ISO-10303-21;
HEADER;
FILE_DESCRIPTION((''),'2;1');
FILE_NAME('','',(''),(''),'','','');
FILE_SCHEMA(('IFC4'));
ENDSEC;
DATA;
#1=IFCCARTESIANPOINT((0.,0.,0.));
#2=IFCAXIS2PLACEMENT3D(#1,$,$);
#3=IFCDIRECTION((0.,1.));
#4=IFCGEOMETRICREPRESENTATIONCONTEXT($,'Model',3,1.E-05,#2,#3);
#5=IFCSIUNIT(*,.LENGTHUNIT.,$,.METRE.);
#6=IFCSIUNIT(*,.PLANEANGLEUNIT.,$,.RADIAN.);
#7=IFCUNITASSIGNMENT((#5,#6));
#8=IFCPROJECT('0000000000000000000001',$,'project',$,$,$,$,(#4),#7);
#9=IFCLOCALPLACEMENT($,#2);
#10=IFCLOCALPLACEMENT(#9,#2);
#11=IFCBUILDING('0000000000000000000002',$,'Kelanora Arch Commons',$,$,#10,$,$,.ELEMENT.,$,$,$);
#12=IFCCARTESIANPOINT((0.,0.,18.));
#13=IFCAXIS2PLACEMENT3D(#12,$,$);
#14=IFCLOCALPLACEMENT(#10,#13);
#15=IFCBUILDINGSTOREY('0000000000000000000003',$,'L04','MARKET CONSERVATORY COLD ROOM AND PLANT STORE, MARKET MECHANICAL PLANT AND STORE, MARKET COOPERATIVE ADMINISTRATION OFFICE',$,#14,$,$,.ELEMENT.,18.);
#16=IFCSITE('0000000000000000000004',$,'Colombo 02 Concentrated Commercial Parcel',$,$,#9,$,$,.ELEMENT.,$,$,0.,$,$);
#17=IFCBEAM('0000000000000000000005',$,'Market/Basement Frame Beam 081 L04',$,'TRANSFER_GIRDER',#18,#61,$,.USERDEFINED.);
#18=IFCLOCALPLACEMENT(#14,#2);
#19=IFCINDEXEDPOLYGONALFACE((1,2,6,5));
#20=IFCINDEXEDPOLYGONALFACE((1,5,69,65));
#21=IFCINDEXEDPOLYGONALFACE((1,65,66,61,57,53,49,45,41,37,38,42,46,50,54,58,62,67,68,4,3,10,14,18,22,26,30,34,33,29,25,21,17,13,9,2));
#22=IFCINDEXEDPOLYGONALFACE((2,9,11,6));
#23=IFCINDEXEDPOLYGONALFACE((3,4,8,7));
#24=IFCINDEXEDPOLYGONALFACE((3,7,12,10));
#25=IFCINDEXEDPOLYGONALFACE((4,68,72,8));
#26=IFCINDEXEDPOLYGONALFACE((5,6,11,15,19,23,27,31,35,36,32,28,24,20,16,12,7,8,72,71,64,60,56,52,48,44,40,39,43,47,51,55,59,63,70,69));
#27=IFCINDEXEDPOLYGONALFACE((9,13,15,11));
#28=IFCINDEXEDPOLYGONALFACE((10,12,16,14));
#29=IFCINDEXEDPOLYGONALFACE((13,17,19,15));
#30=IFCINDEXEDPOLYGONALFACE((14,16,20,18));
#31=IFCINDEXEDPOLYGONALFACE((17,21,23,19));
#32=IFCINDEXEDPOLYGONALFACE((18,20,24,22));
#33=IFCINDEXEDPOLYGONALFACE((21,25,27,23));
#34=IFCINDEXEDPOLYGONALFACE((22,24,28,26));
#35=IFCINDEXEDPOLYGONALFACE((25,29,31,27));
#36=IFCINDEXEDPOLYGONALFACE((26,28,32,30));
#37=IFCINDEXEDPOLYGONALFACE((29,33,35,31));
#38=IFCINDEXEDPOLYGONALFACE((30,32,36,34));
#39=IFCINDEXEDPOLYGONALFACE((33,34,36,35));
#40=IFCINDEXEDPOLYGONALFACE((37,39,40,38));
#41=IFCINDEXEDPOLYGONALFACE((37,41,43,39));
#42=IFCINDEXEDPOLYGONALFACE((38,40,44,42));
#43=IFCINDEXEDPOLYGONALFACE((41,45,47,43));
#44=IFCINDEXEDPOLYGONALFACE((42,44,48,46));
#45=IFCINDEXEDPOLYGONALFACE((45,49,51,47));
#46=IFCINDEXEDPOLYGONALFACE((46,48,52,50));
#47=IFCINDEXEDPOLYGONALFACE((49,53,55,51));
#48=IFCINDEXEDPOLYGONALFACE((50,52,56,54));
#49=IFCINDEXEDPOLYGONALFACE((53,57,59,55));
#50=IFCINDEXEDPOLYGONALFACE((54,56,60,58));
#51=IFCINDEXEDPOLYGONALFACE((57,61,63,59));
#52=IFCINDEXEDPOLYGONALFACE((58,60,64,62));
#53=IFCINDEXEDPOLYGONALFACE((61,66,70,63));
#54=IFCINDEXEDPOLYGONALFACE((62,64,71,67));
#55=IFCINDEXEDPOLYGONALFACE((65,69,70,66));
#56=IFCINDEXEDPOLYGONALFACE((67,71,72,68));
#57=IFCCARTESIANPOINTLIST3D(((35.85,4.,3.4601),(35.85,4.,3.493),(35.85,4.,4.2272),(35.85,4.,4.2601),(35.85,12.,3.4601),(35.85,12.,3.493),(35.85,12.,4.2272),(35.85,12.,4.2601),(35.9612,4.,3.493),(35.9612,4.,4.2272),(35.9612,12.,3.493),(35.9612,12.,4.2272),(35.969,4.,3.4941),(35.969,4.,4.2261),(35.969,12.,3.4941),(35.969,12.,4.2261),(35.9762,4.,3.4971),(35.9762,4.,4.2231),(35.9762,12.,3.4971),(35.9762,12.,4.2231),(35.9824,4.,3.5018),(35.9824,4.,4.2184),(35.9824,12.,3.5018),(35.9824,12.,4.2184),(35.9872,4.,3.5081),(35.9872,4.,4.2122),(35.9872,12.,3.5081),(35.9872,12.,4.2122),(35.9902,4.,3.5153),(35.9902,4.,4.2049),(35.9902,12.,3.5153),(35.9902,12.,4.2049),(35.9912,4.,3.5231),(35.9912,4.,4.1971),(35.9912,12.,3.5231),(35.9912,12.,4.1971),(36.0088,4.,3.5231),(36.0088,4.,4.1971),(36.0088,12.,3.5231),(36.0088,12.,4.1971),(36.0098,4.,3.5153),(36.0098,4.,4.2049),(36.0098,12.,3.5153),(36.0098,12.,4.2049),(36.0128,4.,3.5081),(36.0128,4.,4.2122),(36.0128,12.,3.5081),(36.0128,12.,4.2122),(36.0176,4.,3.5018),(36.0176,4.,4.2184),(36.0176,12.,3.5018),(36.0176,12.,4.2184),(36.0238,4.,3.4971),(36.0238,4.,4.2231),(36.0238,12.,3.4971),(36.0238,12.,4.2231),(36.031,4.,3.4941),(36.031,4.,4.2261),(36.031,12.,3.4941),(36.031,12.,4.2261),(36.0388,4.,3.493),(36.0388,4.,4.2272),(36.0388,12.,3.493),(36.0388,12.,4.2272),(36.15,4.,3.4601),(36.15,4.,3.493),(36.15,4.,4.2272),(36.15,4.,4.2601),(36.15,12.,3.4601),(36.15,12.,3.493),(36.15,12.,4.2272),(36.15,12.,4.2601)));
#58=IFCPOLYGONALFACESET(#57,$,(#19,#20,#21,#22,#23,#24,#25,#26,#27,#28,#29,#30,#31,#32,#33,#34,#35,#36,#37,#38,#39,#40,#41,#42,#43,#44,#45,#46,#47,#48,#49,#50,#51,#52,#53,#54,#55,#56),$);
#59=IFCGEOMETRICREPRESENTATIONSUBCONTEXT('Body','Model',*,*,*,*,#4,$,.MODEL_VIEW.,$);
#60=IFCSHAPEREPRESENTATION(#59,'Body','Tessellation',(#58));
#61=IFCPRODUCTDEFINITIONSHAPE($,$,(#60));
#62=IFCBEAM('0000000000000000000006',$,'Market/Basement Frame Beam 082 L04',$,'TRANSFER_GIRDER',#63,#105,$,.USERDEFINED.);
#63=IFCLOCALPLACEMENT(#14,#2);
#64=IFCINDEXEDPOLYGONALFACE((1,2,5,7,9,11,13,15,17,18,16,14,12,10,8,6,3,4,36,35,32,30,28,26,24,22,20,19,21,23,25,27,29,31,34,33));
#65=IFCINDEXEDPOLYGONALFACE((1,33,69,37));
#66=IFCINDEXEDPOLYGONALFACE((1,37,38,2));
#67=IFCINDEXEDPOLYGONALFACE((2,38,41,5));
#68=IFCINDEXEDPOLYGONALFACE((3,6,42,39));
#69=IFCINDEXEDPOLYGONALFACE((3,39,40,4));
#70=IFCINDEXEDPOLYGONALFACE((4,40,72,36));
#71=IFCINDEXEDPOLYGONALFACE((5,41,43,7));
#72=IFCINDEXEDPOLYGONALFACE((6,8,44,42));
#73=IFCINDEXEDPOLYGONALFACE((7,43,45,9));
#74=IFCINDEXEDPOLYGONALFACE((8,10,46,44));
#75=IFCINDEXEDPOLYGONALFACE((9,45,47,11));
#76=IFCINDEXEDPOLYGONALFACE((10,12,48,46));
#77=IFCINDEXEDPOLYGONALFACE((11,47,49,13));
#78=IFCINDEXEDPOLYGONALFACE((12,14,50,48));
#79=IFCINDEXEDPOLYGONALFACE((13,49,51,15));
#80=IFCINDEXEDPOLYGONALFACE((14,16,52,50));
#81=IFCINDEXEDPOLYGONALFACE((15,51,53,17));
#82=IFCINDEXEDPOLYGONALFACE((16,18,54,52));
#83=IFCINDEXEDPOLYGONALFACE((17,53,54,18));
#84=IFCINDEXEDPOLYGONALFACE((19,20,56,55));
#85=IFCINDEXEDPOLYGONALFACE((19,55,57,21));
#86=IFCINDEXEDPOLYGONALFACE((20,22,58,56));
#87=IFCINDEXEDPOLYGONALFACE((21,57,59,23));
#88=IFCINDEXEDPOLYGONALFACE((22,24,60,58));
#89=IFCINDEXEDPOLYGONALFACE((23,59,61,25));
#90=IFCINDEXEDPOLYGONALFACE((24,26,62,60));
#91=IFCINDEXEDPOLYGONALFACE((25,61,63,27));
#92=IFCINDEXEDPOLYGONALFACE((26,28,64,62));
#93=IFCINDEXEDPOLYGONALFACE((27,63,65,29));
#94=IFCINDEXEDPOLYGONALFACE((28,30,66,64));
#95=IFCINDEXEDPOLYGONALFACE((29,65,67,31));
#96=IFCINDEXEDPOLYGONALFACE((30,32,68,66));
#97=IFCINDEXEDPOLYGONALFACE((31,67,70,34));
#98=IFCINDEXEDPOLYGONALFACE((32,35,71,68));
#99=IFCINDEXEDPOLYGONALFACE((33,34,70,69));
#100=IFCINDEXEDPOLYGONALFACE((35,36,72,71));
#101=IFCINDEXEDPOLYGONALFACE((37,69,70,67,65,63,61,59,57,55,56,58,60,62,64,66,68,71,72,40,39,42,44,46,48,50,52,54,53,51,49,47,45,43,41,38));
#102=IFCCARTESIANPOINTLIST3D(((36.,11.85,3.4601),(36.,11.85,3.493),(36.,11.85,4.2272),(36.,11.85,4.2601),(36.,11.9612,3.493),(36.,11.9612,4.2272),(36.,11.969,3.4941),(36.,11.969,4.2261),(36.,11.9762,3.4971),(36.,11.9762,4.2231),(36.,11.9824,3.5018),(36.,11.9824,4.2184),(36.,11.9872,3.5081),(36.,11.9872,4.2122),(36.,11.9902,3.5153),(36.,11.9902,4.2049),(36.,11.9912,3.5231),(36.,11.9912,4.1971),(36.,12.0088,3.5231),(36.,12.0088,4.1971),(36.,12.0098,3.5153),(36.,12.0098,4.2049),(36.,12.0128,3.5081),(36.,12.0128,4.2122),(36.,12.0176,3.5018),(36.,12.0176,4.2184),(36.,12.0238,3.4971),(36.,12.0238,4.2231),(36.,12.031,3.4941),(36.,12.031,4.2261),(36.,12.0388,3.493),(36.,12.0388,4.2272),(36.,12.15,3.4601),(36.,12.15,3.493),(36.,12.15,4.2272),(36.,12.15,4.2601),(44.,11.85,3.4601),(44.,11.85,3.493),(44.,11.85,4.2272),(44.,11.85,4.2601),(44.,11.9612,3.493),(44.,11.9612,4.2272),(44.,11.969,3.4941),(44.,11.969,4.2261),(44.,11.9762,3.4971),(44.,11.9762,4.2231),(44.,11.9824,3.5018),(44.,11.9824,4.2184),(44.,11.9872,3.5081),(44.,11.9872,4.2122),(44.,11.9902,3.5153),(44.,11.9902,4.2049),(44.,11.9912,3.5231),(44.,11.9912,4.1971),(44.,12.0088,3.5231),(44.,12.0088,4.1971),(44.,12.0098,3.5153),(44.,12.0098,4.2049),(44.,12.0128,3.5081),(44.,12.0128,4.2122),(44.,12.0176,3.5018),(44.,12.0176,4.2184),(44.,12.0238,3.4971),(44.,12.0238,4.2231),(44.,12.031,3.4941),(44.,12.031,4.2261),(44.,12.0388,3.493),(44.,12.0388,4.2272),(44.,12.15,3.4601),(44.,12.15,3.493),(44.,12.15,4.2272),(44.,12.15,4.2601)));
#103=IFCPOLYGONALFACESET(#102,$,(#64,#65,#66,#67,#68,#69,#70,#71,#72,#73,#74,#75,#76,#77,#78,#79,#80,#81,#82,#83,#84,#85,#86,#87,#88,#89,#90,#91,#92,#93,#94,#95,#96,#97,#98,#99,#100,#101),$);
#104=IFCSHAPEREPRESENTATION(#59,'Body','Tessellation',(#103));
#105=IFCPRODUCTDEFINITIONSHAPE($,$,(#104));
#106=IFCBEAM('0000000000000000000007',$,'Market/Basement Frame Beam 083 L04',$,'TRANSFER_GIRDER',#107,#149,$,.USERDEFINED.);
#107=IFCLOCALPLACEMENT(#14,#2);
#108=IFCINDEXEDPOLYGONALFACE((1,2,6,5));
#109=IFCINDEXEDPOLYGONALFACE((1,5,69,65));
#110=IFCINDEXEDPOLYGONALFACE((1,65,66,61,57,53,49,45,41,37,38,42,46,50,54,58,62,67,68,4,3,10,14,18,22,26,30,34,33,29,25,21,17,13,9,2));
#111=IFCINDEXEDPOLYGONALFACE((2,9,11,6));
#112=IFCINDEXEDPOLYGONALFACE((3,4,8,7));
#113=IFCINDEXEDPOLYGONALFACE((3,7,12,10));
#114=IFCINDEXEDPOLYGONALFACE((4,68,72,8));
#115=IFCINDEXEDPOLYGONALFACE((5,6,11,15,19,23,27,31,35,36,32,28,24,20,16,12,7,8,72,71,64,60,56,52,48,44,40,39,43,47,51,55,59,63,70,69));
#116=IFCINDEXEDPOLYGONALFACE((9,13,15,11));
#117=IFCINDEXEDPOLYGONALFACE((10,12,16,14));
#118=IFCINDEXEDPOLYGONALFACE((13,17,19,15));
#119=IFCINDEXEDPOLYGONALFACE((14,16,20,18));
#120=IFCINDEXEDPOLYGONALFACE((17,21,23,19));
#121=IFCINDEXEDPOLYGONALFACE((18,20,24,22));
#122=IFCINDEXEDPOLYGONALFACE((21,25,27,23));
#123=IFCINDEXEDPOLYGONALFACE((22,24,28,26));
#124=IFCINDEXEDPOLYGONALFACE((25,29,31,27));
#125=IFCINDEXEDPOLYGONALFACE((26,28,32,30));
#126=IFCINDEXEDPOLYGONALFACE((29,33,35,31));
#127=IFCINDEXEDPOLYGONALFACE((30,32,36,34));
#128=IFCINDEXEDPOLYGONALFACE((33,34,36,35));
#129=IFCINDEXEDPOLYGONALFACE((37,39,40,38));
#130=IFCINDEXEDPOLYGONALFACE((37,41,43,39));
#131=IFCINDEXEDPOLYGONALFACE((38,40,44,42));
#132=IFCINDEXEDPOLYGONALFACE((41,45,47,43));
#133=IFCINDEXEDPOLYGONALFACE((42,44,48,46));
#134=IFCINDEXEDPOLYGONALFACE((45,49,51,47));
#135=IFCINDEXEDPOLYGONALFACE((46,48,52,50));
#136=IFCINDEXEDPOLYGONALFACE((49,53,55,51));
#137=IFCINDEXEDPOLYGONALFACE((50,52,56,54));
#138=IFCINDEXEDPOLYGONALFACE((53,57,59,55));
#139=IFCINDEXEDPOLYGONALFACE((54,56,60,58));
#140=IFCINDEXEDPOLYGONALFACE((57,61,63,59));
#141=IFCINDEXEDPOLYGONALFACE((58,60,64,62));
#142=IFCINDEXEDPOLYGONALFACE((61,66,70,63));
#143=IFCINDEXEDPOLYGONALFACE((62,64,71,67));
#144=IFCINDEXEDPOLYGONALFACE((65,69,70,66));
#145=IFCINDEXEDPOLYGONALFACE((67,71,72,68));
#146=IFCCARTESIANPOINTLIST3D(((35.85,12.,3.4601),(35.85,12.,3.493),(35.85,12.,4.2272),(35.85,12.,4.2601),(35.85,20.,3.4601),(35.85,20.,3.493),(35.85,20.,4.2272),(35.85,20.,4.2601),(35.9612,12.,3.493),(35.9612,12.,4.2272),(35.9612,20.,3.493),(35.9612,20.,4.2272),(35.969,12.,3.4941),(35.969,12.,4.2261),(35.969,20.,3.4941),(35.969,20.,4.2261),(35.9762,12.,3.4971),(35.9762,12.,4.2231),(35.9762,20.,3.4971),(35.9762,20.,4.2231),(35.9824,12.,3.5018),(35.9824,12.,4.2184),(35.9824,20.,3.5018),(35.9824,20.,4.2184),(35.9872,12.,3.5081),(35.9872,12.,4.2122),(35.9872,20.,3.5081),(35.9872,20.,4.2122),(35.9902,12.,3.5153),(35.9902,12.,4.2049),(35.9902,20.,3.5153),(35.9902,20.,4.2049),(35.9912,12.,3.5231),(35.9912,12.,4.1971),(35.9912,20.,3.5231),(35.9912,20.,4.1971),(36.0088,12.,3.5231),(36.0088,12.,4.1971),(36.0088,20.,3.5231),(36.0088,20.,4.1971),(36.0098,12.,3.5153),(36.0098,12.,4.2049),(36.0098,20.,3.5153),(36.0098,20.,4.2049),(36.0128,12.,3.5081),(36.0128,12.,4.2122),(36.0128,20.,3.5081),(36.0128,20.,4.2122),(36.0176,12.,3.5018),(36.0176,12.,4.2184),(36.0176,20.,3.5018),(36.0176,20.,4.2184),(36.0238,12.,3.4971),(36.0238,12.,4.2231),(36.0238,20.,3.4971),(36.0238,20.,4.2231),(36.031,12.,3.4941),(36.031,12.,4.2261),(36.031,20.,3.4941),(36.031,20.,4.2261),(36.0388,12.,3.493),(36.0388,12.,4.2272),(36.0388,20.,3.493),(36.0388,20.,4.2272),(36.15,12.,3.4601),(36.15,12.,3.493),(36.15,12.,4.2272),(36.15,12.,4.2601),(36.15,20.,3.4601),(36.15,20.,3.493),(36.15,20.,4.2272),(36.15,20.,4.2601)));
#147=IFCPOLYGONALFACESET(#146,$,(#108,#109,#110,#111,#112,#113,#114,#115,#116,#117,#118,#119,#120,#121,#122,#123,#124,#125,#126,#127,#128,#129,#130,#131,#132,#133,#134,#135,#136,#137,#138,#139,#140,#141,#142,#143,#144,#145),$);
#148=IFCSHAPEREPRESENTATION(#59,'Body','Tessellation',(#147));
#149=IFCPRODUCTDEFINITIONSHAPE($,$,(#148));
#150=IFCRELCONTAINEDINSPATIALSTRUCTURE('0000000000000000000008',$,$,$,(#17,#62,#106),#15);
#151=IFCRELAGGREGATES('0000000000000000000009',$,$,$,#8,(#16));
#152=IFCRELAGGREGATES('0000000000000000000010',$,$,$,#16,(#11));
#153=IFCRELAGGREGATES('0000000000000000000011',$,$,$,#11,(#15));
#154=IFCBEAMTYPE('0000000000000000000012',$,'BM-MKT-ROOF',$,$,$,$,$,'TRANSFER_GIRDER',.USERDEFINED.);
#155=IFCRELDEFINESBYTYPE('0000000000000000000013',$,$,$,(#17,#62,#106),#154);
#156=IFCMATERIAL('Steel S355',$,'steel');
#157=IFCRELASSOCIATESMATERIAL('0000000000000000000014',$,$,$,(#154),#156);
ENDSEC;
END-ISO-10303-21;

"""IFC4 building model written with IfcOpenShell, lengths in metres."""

from ifc_helpers import new_model, si_unit, direction, frame, origin, origin_2d, place, context, subcontext, project, spatial, i_section, extrude, material, material_profile, profile_set, type_object, element, save


model = new_model("IFC4")

# Units and contexts
model_context = context("Model", 3, precision=1e-05, world=origin(), true_north=direction((0.0, 1.0)))
body_context = subcontext(model_context, "Body", "Model", "MODEL_VIEW")
ifc_project = project(units=[si_unit("LENGTHUNIT", "METRE"), si_unit("PLANEANGLEUNIT", "RADIAN")], contexts=[model_context])

# Site, building, storey
site_placement = place(None, origin())
site = spatial("IfcSite", under=ifc_project, at=site_placement, Name="Colombo 02 Concentrated Commercial Parcel", CompositionType="ELEMENT", RefElevation=0.0)
building_placement = place(site_placement, origin())
building = spatial("IfcBuilding", under=site, at=building_placement, Name="Kelanora Arch Commons", CompositionType="ELEMENT")
storey_placement = place(building_placement, frame((0.0, 0.0, 18.0)))
storey = spatial("IfcBuildingStorey", under=building, at=storey_placement, Name="L04", Description="MARKET CONSERVATORY COLD ROOM AND PLANT STORE, MARKET MECHANICAL PLANT AND STORE, MARKET COOPERATIVE ADMINISTRATION OFFICE", CompositionType="ELEMENT", Elevation=18.0)

# Beams
ifc_material_1 = material(Name="Steel S355", Category="steel")
ifc_material_profile_1 = material_profile(ifc_material_1, i_section(OverallWidth=0.3, OverallDepth=0.8, WebThickness=0.0176, FlangeThickness=0.033, FilletRadius=0.03, at=origin_2d()), Name="HEB800")
ifc_profile_set_1 = profile_set([ifc_material_profile_1], Name="Steel S355")
beam_type = type_object("IfcBeamType", Name="BM-MKT-ROOF", ElementType="TRANSFER_GIRDER", PredefinedType="USERDEFINED", material=ifc_profile_set_1)
for number, where, z_axis, x_axis, name in (
    (1, (36.0, 4.0, 3.8601), (0.0, 1.0, 0.0), (-1.0, 0.0, 0.0), "Market/Basement Frame Beam 081 L04"),
    (2, (36.0, 12.0, 3.8601), (1.0, 0.0, 0.0), (0.0, 1.0, 0.0), "Market/Basement Frame Beam 082 L04"),
    (3, (36.0, 12.0, 3.8601), (0.0, 1.0, 0.0), (-1.0, 0.0, 0.0), "Market/Basement Frame Beam 083 L04"),
):
    element("IfcBeam", number, at=place(storey_placement, frame(where, z_axis=z_axis, x_axis=x_axis)), inside=storey, type_object=beam_type, Name=name, ObjectType="TRANSFER_GIRDER", PredefinedType="USERDEFINED", context=body_context, shape_type="SweptSolid", body=[
        extrude(i_section(OverallWidth=0.3, OverallDepth=0.8, WebThickness=0.0176, FlangeThickness=0.033, FilletRadius=0.03, at=origin_2d()), origin(), (0.0, 0.0, 1.0), 8.0),
    ])

save(model, "model.ifc")
